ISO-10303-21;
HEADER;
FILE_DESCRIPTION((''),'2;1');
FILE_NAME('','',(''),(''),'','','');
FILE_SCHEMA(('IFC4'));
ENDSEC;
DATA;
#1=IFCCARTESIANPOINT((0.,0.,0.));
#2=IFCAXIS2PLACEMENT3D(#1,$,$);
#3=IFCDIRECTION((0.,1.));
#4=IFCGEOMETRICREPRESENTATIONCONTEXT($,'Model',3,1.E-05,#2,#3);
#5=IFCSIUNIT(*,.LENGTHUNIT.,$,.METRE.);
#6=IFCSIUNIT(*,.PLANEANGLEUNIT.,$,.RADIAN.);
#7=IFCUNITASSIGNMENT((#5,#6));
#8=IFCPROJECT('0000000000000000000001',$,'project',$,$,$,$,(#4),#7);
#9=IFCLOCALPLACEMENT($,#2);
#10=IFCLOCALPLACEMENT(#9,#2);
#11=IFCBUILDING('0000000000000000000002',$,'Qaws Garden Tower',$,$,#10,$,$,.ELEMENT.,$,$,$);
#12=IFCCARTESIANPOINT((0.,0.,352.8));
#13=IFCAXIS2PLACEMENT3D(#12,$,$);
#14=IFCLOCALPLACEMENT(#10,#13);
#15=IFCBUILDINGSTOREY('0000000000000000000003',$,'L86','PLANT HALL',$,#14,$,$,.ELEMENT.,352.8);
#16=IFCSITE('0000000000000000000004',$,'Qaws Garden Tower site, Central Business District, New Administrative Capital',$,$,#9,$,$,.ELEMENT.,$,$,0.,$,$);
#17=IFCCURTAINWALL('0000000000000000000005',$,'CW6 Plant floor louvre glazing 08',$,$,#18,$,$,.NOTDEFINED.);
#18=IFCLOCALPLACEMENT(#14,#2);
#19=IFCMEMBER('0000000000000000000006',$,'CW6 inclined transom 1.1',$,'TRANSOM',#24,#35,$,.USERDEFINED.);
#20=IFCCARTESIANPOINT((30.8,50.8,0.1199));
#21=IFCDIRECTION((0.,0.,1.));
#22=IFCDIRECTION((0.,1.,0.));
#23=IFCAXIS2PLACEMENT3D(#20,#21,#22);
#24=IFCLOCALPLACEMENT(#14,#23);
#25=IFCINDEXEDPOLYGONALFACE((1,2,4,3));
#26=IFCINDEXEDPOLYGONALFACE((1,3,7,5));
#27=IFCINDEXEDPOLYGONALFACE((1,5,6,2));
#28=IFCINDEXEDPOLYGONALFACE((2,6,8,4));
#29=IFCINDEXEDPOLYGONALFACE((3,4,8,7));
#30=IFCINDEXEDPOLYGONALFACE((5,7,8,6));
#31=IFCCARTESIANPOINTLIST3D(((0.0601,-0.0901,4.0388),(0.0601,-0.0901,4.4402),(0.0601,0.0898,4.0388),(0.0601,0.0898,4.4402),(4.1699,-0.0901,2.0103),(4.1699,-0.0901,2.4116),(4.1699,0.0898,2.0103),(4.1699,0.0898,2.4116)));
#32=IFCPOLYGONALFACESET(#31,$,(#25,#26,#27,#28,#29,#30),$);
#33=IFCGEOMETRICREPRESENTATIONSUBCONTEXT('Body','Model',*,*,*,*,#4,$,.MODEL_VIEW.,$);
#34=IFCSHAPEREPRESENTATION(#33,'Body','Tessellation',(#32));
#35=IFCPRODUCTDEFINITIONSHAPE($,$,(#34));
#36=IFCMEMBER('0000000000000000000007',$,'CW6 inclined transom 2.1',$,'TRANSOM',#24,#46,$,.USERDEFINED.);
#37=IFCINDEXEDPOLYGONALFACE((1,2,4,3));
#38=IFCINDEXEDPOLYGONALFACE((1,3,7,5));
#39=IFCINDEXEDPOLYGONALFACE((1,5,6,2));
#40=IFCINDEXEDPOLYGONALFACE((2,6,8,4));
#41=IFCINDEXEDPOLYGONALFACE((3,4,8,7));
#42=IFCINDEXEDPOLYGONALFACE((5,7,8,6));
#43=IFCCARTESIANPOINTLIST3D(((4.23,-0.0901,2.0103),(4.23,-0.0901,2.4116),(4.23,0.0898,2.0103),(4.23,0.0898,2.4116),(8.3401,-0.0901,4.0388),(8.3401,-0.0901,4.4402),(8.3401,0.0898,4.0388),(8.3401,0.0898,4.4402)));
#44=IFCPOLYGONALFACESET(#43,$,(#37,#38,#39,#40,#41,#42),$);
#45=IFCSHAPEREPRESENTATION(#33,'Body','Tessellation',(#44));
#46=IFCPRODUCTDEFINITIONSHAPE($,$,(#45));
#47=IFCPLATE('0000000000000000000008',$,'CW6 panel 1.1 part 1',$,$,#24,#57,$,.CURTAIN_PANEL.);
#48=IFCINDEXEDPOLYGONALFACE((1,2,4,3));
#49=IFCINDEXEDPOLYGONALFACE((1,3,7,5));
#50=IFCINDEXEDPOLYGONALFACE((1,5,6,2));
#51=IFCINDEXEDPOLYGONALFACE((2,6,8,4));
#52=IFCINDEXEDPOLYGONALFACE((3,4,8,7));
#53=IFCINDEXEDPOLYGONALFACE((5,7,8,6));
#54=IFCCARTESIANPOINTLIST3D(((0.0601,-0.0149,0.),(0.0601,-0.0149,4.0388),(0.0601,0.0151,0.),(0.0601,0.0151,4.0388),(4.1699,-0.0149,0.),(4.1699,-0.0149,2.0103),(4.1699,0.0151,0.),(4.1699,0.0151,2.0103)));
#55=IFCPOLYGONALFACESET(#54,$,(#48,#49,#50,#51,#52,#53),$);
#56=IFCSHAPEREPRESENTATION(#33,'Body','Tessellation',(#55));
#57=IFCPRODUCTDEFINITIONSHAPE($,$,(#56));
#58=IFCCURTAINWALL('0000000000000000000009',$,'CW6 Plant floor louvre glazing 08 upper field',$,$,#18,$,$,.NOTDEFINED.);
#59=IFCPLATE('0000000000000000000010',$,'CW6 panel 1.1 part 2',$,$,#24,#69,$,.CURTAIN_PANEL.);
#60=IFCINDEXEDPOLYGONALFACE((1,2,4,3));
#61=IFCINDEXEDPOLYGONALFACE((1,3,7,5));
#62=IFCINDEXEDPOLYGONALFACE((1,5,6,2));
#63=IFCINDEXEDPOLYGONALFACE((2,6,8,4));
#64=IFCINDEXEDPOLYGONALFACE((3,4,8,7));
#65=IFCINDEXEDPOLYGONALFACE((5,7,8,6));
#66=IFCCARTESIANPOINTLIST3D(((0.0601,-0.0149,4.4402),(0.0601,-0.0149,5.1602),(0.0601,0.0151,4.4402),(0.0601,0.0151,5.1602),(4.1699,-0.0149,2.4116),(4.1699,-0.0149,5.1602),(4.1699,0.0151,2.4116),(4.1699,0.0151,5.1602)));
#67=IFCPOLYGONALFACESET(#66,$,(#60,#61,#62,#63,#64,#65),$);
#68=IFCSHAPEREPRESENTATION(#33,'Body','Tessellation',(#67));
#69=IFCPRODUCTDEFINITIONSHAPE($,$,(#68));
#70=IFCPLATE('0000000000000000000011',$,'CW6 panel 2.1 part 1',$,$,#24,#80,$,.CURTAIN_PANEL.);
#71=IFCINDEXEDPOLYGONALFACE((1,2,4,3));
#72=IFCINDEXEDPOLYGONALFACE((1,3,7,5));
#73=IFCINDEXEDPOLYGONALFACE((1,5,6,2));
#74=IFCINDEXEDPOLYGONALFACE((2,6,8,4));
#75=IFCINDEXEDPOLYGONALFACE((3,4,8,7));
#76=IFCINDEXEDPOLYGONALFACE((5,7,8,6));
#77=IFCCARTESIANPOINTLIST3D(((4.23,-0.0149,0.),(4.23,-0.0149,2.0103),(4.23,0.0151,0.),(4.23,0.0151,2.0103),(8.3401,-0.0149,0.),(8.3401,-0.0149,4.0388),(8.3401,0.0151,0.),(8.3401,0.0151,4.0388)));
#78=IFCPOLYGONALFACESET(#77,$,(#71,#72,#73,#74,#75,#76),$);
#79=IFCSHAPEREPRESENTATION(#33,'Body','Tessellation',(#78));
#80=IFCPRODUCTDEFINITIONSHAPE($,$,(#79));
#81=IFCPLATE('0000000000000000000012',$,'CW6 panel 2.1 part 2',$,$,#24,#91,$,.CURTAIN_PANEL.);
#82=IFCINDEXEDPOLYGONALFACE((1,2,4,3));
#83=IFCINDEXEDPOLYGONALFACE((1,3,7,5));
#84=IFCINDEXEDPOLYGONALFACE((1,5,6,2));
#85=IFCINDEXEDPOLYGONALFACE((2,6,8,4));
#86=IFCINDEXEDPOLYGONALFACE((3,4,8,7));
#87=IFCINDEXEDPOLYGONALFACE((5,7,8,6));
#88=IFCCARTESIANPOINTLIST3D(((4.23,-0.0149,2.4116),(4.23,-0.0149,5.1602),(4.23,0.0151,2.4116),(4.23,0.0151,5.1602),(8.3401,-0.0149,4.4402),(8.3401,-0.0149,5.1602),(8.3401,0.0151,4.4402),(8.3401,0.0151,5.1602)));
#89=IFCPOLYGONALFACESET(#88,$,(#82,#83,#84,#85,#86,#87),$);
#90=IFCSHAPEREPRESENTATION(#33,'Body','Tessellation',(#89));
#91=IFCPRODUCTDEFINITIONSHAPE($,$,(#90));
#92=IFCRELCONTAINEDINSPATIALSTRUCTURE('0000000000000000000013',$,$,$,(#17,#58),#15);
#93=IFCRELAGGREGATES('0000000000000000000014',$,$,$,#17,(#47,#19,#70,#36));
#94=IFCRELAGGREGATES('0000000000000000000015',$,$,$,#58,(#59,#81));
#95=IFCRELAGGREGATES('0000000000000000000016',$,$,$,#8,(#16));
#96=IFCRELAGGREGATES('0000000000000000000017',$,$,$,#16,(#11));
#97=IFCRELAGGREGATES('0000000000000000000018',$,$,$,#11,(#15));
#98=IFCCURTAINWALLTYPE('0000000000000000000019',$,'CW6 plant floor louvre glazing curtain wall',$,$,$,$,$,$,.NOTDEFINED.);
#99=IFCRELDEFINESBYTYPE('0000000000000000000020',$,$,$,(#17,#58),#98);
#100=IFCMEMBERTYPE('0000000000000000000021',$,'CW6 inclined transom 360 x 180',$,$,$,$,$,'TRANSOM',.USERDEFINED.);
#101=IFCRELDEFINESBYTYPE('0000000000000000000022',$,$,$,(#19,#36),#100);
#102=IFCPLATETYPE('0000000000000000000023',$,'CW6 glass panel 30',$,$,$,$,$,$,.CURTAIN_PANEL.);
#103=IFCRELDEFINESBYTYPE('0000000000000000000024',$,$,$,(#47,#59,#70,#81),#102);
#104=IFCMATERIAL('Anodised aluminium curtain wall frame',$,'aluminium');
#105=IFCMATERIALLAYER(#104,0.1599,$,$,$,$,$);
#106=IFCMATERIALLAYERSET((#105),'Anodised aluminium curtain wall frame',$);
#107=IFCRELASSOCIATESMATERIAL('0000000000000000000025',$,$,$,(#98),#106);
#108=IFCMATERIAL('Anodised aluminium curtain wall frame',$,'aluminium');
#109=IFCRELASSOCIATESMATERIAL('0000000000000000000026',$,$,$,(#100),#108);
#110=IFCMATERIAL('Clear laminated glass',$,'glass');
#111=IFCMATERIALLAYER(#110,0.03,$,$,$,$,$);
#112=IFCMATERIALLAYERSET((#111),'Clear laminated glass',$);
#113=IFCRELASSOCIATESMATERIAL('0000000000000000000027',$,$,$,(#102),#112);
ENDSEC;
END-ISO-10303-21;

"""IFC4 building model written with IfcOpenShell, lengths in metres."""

from ifc_helpers import new_model, si_unit, direction, frame, origin, origin_2d, place, context, subcontext, project, spatial, polyline, rectangle, outline, extrude, material, layer, layer_set, material_profile, profile_set, type_object, element, aggregate, save


model = new_model("IFC4")

# Units and contexts
model_context = context("Model", 3, precision=1e-05, world=origin(), true_north=direction((0.0, 1.0)))
body_context = subcontext(model_context, "Body", "Model", "MODEL_VIEW")
ifc_project = project(units=[si_unit("LENGTHUNIT", "METRE"), si_unit("PLANEANGLEUNIT", "RADIAN")], contexts=[model_context])

# Site, building, storey
site_placement = place(None, origin())
site = spatial("IfcSite", under=ifc_project, at=site_placement, Name="Qaws Garden Tower site, Central Business District, New Administrative Capital", CompositionType="ELEMENT", RefElevation=0.0)
building_placement = place(site_placement, origin())
building = spatial("IfcBuilding", under=site, at=building_placement, Name="Qaws Garden Tower", CompositionType="ELEMENT")
storey_placement = place(building_placement, frame((0.0, 0.0, 352.8)))
storey = spatial("IfcBuildingStorey", under=building, at=storey_placement, Name="L86", Description="PLANT HALL", CompositionType="ELEMENT", Elevation=352.8)

# Curtain wall, members
ifc_material_1 = material(Name="Anodised aluminium curtain wall frame", Category="aluminium")
ifc_layer_1 = layer(ifc_material_1, 0.1599)
ifc_layer_set_1 = layer_set([ifc_layer_1], Name="Anodised aluminium curtain wall frame")
curtain_wall_type = type_object("IfcCurtainWallType", Name="CW6 plant floor louvre glazing curtain wall", PredefinedType="NOTDEFINED", material=ifc_layer_set_1)
placement_1 = place(storey_placement, origin())
curtain_wall_1 = element("IfcCurtainWall", 1, at=placement_1, inside=storey, type_object=curtain_wall_type, Name="CW6 Plant floor louvre glazing 08", PredefinedType="NOTDEFINED")
ifc_material_2 = material(Name="Anodised aluminium curtain wall frame", Category="aluminium")
ifc_material_profile_1 = material_profile(ifc_material_2, rectangle(XDim=0.1799, YDim=0.3601, at=origin_2d()), Name="AL 180x360")
ifc_profile_set_1 = profile_set([ifc_material_profile_1], Name="Anodised aluminium curtain wall frame")
member_type_1 = type_object("IfcMemberType", Name="CW6 inclined transom 360 x 180", ElementType="TRANSOM", PredefinedType="USERDEFINED", material=ifc_profile_set_1)
placement_2 = place(storey_placement, frame((30.8, 50.8, 0.1199), z_axis=(0.0, 0.0, 1.0), x_axis=(0.0, 1.0, 0.0)))
member_1 = element("IfcMember", 2, at=placement_2, type_object=member_type_1, Name="CW6 inclined transom 1.1", ObjectType="TRANSOM", PredefinedType="USERDEFINED", context=body_context, shape_type="SweptSolid", body=[
    extrude(outline(polyline([(0.0601, 4.0388), (4.1699, 2.0103), (4.1699, 2.4116), (0.0601, 4.4402), (0.0601, 4.0388)])), frame((0.0, 0.0898, 0.0), z_axis=(0.0, -1.0, 0.0), x_axis=(1.0, 0.0, 0.0)), (0.0, 0.0, 1.0), 0.1799),
])
member_2 = element("IfcMember", 3, at=placement_2, type_object=member_type_1, Name="CW6 inclined transom 2.1", ObjectType="TRANSOM", PredefinedType="USERDEFINED", context=body_context, shape_type="SweptSolid", body=[
    extrude(outline(polyline([(4.23, 2.0103), (8.3401, 4.0388), (8.3401, 4.4402), (4.23, 2.4116), (4.23, 2.0103)])), frame((0.0, 0.0898, 0.0), z_axis=(0.0, -1.0, 0.0), x_axis=(1.0, 0.0, 0.0)), (0.0, 0.0, 1.0), 0.1799),
])

# Plate
ifc_material_3 = material(Name="Clear laminated glass", Category="glass")
ifc_layer_2 = layer(ifc_material_3, 0.03)
ifc_layer_set_2 = layer_set([ifc_layer_2], Name="Clear laminated glass")
plate_type = type_object("IfcPlateType", Name="CW6 glass panel 30", PredefinedType="CURTAIN_PANEL", material=ifc_layer_set_2)
plate_1 = element("IfcPlate", 4, at=placement_2, type_object=plate_type, Name="CW6 panel 1.1 part 1", PredefinedType="CURTAIN_PANEL", context=body_context, shape_type="SweptSolid", body=[
    extrude(outline(polyline([(4.1699, 0.0), (4.1699, 2.0103), (0.0601, 4.0388), (0.0601, 0.0), (4.1699, 0.0)])), frame((0.0, 0.0151, 0.0), z_axis=(0.0, -1.0, 0.0), x_axis=(1.0, 0.0, 0.0)), (0.0, 0.0, 1.0), 0.03),
])

# Curtain wall, plate
curtain_wall_2 = element("IfcCurtainWall", 5, at=placement_1, inside=storey, type_object=curtain_wall_type, Name="CW6 Plant floor louvre glazing 08 upper field", PredefinedType="NOTDEFINED")
plate_2 = element("IfcPlate", 6, at=placement_2, type_object=plate_type, Name="CW6 panel 1.1 part 2", PredefinedType="CURTAIN_PANEL", context=body_context, shape_type="SweptSolid", body=[
    extrude(outline(polyline([(0.0601, 5.1602), (0.0601, 4.4402), (4.1699, 2.4116), (4.1699, 5.1602), (0.0601, 5.1602)])), frame((0.0, 0.0151, 0.0), z_axis=(0.0, -1.0, 0.0), x_axis=(1.0, 0.0, 0.0)), (0.0, 0.0, 1.0), 0.03),
])

# Plates
plate_3 = element("IfcPlate", 7, at=placement_2, type_object=plate_type, Name="CW6 panel 2.1 part 1", PredefinedType="CURTAIN_PANEL", context=body_context, shape_type="SweptSolid", body=[
    extrude(outline(polyline([(8.3401, 0.0), (8.3401, 4.0388), (4.23, 2.0103), (4.23, 0.0), (8.3401, 0.0)])), frame((0.0, 0.0151, 0.0), z_axis=(0.0, -1.0, 0.0), x_axis=(1.0, 0.0, 0.0)), (0.0, 0.0, 1.0), 0.03),
])
aggregate(curtain_wall_1, [plate_1, member_1, plate_3, member_2])
plate_4 = element("IfcPlate", 8, at=placement_2, type_object=plate_type, Name="CW6 panel 2.1 part 2", PredefinedType="CURTAIN_PANEL", context=body_context, shape_type="SweptSolid", body=[
    extrude(outline(polyline([(4.23, 5.1602), (4.23, 2.4116), (8.3401, 4.4402), (8.3401, 5.1602), (4.23, 5.1602)])), frame((0.0, 0.0151, 0.0), z_axis=(0.0, -1.0, 0.0), x_axis=(1.0, 0.0, 0.0)), (0.0, 0.0, 1.0), 0.03),
])
aggregate(curtain_wall_2, [plate_2, plate_4])

save(model, "model.ifc")
